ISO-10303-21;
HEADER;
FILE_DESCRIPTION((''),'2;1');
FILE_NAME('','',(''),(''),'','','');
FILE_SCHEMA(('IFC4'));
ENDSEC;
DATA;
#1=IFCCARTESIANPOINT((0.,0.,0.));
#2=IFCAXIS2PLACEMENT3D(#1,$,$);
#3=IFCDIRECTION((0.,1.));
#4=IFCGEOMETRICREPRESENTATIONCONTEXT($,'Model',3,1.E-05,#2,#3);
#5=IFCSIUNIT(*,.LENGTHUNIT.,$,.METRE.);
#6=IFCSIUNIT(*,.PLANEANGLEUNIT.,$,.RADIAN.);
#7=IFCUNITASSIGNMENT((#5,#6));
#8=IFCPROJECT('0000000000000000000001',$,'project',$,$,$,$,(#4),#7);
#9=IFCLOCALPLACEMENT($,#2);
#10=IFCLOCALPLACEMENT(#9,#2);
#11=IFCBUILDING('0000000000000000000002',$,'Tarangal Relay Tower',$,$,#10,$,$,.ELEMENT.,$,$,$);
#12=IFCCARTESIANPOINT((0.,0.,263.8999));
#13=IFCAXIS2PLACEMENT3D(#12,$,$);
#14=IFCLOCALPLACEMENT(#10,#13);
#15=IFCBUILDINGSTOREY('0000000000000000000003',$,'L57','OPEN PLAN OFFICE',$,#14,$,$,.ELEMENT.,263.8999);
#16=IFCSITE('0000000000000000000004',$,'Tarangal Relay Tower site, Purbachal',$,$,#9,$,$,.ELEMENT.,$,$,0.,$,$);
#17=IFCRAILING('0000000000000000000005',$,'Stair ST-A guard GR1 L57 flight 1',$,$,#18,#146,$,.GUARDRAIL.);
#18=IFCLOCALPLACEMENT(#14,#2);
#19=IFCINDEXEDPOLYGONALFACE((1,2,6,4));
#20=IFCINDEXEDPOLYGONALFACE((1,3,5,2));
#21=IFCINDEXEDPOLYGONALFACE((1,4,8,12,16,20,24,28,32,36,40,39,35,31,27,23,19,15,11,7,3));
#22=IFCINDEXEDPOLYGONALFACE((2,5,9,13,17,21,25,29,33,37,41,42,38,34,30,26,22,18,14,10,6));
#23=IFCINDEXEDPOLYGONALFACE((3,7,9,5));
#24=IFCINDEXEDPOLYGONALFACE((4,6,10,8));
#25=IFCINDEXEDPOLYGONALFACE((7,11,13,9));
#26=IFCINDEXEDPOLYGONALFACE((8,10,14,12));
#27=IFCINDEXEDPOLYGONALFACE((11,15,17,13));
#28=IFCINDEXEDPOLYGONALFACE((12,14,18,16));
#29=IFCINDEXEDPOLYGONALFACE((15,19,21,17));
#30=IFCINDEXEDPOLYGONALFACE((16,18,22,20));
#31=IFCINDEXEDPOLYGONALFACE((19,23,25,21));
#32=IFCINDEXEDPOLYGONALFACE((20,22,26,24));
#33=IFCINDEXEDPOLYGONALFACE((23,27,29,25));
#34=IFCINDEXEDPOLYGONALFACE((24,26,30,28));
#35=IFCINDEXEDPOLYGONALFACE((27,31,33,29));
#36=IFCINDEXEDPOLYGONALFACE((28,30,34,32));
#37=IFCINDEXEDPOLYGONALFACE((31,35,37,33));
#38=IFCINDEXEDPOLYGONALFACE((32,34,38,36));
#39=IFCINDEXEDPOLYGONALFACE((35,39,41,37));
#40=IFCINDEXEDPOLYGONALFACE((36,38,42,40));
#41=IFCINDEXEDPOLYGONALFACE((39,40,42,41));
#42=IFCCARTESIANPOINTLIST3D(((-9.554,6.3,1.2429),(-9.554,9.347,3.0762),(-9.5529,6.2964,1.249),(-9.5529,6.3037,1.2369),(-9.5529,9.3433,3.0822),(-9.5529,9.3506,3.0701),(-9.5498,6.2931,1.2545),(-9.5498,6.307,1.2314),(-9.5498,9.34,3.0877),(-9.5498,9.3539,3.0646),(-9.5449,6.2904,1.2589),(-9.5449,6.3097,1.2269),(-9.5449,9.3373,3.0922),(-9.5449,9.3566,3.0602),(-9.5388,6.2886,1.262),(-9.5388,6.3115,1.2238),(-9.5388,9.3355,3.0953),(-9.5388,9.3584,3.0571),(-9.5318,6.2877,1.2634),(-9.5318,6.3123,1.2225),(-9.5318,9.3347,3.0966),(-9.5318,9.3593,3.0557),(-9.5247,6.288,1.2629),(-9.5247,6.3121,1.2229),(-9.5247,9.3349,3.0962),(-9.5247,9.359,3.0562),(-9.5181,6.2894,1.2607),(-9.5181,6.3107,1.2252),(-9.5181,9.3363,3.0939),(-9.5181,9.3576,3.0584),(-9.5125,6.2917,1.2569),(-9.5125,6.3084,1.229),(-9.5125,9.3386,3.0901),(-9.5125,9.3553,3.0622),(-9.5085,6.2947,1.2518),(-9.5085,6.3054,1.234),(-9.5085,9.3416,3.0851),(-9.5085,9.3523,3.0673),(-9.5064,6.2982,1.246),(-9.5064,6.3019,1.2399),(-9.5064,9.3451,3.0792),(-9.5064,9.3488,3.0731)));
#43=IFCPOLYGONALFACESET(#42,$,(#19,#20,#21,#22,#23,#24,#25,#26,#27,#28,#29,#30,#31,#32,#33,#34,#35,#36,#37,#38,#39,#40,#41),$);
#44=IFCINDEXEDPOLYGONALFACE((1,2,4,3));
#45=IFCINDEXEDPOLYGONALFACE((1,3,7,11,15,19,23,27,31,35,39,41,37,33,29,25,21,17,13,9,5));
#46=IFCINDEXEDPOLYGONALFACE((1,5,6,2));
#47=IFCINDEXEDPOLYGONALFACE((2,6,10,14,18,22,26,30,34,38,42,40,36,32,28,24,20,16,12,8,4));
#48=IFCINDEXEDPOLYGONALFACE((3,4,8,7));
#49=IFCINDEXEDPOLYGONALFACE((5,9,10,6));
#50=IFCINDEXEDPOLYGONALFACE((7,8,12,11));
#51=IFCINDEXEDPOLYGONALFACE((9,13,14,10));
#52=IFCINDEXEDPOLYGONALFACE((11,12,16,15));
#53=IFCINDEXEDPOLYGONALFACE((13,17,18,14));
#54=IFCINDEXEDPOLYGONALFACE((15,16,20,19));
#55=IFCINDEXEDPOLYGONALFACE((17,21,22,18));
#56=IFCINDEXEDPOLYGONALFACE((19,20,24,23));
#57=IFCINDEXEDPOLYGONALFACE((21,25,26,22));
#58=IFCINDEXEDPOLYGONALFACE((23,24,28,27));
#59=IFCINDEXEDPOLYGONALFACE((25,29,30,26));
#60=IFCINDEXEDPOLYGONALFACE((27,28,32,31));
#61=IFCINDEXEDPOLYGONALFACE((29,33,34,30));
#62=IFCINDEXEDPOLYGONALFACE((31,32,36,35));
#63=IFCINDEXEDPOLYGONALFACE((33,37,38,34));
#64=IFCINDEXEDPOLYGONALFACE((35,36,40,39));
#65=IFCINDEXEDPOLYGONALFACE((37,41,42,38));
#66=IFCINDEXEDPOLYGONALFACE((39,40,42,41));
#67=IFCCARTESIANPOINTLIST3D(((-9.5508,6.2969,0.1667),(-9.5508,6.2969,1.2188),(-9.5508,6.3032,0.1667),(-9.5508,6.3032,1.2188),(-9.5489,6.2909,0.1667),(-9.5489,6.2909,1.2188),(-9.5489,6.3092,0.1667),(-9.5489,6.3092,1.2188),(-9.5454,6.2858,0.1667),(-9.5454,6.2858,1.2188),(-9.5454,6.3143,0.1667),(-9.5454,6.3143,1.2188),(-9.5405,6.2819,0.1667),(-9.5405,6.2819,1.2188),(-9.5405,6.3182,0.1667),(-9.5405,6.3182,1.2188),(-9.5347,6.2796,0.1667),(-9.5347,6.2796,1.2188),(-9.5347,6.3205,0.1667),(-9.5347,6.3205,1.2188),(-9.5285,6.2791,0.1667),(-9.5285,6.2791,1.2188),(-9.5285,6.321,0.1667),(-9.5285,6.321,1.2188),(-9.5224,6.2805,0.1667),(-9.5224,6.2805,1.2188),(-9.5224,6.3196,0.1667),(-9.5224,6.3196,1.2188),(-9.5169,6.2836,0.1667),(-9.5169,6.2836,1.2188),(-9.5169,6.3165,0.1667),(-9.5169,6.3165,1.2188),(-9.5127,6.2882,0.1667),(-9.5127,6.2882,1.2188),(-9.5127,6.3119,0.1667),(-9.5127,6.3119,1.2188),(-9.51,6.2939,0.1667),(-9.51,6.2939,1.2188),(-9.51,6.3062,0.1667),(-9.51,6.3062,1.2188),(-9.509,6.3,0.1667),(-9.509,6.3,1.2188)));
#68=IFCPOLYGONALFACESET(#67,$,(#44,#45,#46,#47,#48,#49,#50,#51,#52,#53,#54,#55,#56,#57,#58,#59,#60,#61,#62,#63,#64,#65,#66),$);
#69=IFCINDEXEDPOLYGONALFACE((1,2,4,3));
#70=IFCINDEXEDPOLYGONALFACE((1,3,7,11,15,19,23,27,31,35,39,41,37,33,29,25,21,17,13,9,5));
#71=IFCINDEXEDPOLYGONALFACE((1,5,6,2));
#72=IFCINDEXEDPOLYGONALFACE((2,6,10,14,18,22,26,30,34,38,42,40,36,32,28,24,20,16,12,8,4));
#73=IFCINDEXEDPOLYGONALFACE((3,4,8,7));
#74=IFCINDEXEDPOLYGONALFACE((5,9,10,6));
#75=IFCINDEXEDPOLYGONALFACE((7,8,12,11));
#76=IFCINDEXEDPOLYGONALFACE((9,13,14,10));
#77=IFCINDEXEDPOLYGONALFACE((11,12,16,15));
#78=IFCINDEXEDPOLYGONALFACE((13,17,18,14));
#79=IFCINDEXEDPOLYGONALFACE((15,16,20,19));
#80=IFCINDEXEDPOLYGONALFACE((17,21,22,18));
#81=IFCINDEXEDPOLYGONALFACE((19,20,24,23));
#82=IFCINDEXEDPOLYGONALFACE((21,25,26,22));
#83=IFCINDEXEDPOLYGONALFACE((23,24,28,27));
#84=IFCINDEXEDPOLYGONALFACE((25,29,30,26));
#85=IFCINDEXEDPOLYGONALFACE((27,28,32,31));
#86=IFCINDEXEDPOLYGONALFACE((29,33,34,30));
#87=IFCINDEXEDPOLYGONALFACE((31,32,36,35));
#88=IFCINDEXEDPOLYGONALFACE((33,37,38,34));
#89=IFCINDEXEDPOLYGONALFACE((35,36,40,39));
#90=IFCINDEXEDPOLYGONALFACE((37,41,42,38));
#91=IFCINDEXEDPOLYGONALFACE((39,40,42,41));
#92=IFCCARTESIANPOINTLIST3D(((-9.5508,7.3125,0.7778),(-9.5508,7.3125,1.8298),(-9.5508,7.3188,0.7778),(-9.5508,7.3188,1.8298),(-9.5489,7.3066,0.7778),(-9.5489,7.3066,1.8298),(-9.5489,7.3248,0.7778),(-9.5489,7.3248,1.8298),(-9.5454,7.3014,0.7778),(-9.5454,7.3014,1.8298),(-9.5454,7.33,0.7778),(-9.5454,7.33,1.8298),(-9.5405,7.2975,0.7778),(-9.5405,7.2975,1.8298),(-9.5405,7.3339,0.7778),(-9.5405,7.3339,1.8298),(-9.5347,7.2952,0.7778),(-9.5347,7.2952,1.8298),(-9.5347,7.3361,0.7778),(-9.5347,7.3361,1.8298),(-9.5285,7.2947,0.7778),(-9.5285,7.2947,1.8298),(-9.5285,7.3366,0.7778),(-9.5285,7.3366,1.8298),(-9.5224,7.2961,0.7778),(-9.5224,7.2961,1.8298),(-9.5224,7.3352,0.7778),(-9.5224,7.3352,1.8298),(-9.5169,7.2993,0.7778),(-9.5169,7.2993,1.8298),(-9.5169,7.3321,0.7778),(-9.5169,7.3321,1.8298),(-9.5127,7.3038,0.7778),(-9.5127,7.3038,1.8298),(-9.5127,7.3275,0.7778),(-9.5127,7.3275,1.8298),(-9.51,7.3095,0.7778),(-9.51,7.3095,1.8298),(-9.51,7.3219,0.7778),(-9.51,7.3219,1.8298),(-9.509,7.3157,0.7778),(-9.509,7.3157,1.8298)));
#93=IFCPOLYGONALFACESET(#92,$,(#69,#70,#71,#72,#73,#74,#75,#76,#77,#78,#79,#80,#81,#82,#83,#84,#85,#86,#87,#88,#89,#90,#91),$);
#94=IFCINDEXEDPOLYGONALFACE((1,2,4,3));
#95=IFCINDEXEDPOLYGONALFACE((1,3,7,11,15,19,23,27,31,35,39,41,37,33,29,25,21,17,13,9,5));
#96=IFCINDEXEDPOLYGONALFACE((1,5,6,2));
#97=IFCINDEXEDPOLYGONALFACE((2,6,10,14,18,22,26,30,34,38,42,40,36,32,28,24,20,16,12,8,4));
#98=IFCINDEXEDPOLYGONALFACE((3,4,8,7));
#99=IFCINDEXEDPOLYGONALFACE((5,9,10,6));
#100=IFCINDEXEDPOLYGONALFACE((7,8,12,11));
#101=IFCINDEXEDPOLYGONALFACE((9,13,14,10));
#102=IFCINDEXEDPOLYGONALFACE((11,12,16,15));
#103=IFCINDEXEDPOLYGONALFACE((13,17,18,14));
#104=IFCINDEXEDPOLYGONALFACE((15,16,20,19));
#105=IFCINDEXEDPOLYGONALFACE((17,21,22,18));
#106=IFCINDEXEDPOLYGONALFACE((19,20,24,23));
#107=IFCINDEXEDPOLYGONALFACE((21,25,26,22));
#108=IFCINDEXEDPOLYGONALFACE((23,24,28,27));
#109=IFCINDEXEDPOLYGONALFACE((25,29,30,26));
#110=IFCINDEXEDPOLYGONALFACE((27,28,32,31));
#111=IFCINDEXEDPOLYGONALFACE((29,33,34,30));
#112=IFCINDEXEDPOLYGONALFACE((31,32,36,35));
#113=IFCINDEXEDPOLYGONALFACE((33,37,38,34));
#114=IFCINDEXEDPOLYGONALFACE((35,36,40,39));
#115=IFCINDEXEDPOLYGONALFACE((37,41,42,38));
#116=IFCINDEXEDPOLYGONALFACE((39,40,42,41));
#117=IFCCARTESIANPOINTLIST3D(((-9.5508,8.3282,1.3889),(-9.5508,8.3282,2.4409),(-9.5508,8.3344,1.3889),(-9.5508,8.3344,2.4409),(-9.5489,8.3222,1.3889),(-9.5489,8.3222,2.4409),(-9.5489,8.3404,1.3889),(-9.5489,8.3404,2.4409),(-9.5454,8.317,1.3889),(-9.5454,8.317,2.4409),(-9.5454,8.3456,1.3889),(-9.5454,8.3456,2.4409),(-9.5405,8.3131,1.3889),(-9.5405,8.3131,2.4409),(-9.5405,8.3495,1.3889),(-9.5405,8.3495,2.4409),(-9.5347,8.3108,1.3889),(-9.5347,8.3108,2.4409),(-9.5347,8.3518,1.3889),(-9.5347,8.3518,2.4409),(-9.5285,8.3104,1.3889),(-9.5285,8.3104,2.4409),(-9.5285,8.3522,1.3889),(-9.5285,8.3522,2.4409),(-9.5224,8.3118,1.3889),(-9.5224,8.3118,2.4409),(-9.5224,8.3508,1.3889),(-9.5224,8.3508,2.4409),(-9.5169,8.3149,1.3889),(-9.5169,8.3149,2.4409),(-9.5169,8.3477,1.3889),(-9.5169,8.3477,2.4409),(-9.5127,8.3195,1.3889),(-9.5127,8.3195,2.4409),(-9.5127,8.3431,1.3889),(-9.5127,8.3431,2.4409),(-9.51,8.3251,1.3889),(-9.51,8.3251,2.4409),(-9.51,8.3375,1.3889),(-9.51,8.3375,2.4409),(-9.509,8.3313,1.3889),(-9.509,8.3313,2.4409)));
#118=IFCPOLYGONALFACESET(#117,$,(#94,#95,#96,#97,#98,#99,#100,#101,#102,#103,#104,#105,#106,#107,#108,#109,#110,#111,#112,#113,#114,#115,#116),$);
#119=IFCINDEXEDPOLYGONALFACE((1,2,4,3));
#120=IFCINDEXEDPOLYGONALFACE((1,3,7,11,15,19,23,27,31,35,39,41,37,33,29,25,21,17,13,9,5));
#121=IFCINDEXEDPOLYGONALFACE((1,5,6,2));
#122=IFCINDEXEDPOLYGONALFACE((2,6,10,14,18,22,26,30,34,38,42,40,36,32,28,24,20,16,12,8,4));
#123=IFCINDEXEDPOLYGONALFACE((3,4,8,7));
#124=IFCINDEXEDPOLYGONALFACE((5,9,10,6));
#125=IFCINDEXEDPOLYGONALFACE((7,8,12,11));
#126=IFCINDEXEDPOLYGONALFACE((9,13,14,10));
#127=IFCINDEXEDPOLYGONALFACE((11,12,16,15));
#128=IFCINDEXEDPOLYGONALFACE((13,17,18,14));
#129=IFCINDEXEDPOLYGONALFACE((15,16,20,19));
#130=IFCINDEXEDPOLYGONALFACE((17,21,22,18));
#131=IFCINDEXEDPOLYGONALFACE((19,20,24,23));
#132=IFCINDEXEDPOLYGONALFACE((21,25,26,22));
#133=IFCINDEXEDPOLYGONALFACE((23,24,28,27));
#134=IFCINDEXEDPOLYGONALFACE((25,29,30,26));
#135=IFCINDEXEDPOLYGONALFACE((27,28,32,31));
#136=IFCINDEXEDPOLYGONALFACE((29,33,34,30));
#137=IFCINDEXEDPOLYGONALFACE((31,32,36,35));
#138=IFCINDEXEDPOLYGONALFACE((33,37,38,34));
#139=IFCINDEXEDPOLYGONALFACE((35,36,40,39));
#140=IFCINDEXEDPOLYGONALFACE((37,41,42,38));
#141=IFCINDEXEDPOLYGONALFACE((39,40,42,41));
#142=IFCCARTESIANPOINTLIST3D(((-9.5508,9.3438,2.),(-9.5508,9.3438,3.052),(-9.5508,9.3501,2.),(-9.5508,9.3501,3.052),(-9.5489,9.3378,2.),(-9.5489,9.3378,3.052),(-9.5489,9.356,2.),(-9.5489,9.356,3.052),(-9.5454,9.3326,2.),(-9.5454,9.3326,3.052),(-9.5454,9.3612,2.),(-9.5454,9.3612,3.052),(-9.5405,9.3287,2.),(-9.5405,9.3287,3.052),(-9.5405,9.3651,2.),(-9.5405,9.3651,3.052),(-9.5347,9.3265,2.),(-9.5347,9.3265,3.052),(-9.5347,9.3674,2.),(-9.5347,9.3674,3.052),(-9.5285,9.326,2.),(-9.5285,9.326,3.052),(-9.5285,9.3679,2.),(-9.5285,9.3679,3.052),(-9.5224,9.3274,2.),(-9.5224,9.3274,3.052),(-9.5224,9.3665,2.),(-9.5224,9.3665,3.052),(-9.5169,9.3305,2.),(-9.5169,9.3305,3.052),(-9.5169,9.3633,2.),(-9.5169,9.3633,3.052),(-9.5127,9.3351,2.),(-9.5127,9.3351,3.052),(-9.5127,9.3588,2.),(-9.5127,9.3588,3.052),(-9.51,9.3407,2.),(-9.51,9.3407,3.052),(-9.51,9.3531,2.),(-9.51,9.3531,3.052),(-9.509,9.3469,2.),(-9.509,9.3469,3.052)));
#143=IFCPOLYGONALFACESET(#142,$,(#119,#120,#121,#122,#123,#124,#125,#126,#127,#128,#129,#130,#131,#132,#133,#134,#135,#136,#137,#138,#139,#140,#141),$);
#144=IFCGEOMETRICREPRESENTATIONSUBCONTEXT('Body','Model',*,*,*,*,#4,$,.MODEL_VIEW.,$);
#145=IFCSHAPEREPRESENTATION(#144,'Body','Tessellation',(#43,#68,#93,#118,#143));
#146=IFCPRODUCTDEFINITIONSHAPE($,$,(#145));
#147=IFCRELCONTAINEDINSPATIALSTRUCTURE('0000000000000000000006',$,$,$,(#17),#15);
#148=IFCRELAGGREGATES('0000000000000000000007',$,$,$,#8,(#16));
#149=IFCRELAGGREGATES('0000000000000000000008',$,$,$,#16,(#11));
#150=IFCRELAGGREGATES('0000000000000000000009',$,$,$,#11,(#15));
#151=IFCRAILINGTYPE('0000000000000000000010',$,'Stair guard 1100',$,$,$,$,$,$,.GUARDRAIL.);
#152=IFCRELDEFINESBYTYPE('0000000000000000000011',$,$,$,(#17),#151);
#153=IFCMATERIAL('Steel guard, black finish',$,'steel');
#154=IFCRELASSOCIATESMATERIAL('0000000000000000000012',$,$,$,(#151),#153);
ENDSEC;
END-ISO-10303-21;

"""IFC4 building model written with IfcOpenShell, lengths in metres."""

from ifc_helpers import new_model, si_unit, direction, frame, origin, origin_2d, place, context, subcontext, project, spatial, circle, extrude, material, type_object, element, save


model = new_model("IFC4")

# Units and contexts
model_context = context("Model", 3, precision=1e-05, world=origin(), true_north=direction((0.0, 1.0)))
body_context = subcontext(model_context, "Body", "Model", "MODEL_VIEW")
ifc_project = project(units=[si_unit("LENGTHUNIT", "METRE"), si_unit("PLANEANGLEUNIT", "RADIAN")], contexts=[model_context])

# Site, building, storey
site_placement = place(None, origin())
site = spatial("IfcSite", under=ifc_project, at=site_placement, Name="Tarangal Relay Tower site, Purbachal", CompositionType="ELEMENT", RefElevation=0.0)
building_placement = place(site_placement, origin())
building = spatial("IfcBuilding", under=site, at=building_placement, Name="Tarangal Relay Tower", CompositionType="ELEMENT")
storey_placement = place(building_placement, frame((0.0, 0.0, 263.8999)))
storey = spatial("IfcBuildingStorey", under=building, at=storey_placement, Name="L57", Description="OPEN PLAN OFFICE", CompositionType="ELEMENT", Elevation=263.8999)

# Railing
ifc_material_1 = material(Name="Steel guard, black finish", Category="steel")
railing_type_1 = type_object("IfcRailingType", Name="Stair guard 1100", PredefinedType="GUARDRAIL", material=ifc_material_1)
railing_1_placement = place(storey_placement, frame((-9.53, 6.3, 0.1667)))
element("IfcRailing", 1, at=railing_1_placement, inside=storey, type_object=railing_type_1, Name="Stair ST-A guard GR1 L57 flight 1", PredefinedType="GUARDRAIL", context=body_context, shape_type="SweptSolid", body=[
    extrude(circle(Radius=0.0239, at=origin_2d()), frame((0.0, 0.0, 1.0762), z_axis=(0.0, 0.856856, 0.515556), x_axis=(-1.0, 0.0, 0.0)), (0.0, 0.0, 1.0), 3.5559),
    extrude(circle(Radius=0.021, at=origin_2d()), origin(), (0.0, 0.0, 1.0), 1.052),
    extrude(circle(Radius=0.021, at=origin_2d()), frame((0.0, 1.0156, 0.6111)), (0.0, 0.0, 1.0), 1.052),
    extrude(circle(Radius=0.021, at=origin_2d()), frame((0.0, 2.0312, 1.2222)), (0.0, 0.0, 1.0), 1.052),
    extrude(circle(Radius=0.021, at=origin_2d()), frame((0.0, 3.0469, 1.8333)), (0.0, 0.0, 1.0), 1.052),
])

save(model, "model.ifc")
